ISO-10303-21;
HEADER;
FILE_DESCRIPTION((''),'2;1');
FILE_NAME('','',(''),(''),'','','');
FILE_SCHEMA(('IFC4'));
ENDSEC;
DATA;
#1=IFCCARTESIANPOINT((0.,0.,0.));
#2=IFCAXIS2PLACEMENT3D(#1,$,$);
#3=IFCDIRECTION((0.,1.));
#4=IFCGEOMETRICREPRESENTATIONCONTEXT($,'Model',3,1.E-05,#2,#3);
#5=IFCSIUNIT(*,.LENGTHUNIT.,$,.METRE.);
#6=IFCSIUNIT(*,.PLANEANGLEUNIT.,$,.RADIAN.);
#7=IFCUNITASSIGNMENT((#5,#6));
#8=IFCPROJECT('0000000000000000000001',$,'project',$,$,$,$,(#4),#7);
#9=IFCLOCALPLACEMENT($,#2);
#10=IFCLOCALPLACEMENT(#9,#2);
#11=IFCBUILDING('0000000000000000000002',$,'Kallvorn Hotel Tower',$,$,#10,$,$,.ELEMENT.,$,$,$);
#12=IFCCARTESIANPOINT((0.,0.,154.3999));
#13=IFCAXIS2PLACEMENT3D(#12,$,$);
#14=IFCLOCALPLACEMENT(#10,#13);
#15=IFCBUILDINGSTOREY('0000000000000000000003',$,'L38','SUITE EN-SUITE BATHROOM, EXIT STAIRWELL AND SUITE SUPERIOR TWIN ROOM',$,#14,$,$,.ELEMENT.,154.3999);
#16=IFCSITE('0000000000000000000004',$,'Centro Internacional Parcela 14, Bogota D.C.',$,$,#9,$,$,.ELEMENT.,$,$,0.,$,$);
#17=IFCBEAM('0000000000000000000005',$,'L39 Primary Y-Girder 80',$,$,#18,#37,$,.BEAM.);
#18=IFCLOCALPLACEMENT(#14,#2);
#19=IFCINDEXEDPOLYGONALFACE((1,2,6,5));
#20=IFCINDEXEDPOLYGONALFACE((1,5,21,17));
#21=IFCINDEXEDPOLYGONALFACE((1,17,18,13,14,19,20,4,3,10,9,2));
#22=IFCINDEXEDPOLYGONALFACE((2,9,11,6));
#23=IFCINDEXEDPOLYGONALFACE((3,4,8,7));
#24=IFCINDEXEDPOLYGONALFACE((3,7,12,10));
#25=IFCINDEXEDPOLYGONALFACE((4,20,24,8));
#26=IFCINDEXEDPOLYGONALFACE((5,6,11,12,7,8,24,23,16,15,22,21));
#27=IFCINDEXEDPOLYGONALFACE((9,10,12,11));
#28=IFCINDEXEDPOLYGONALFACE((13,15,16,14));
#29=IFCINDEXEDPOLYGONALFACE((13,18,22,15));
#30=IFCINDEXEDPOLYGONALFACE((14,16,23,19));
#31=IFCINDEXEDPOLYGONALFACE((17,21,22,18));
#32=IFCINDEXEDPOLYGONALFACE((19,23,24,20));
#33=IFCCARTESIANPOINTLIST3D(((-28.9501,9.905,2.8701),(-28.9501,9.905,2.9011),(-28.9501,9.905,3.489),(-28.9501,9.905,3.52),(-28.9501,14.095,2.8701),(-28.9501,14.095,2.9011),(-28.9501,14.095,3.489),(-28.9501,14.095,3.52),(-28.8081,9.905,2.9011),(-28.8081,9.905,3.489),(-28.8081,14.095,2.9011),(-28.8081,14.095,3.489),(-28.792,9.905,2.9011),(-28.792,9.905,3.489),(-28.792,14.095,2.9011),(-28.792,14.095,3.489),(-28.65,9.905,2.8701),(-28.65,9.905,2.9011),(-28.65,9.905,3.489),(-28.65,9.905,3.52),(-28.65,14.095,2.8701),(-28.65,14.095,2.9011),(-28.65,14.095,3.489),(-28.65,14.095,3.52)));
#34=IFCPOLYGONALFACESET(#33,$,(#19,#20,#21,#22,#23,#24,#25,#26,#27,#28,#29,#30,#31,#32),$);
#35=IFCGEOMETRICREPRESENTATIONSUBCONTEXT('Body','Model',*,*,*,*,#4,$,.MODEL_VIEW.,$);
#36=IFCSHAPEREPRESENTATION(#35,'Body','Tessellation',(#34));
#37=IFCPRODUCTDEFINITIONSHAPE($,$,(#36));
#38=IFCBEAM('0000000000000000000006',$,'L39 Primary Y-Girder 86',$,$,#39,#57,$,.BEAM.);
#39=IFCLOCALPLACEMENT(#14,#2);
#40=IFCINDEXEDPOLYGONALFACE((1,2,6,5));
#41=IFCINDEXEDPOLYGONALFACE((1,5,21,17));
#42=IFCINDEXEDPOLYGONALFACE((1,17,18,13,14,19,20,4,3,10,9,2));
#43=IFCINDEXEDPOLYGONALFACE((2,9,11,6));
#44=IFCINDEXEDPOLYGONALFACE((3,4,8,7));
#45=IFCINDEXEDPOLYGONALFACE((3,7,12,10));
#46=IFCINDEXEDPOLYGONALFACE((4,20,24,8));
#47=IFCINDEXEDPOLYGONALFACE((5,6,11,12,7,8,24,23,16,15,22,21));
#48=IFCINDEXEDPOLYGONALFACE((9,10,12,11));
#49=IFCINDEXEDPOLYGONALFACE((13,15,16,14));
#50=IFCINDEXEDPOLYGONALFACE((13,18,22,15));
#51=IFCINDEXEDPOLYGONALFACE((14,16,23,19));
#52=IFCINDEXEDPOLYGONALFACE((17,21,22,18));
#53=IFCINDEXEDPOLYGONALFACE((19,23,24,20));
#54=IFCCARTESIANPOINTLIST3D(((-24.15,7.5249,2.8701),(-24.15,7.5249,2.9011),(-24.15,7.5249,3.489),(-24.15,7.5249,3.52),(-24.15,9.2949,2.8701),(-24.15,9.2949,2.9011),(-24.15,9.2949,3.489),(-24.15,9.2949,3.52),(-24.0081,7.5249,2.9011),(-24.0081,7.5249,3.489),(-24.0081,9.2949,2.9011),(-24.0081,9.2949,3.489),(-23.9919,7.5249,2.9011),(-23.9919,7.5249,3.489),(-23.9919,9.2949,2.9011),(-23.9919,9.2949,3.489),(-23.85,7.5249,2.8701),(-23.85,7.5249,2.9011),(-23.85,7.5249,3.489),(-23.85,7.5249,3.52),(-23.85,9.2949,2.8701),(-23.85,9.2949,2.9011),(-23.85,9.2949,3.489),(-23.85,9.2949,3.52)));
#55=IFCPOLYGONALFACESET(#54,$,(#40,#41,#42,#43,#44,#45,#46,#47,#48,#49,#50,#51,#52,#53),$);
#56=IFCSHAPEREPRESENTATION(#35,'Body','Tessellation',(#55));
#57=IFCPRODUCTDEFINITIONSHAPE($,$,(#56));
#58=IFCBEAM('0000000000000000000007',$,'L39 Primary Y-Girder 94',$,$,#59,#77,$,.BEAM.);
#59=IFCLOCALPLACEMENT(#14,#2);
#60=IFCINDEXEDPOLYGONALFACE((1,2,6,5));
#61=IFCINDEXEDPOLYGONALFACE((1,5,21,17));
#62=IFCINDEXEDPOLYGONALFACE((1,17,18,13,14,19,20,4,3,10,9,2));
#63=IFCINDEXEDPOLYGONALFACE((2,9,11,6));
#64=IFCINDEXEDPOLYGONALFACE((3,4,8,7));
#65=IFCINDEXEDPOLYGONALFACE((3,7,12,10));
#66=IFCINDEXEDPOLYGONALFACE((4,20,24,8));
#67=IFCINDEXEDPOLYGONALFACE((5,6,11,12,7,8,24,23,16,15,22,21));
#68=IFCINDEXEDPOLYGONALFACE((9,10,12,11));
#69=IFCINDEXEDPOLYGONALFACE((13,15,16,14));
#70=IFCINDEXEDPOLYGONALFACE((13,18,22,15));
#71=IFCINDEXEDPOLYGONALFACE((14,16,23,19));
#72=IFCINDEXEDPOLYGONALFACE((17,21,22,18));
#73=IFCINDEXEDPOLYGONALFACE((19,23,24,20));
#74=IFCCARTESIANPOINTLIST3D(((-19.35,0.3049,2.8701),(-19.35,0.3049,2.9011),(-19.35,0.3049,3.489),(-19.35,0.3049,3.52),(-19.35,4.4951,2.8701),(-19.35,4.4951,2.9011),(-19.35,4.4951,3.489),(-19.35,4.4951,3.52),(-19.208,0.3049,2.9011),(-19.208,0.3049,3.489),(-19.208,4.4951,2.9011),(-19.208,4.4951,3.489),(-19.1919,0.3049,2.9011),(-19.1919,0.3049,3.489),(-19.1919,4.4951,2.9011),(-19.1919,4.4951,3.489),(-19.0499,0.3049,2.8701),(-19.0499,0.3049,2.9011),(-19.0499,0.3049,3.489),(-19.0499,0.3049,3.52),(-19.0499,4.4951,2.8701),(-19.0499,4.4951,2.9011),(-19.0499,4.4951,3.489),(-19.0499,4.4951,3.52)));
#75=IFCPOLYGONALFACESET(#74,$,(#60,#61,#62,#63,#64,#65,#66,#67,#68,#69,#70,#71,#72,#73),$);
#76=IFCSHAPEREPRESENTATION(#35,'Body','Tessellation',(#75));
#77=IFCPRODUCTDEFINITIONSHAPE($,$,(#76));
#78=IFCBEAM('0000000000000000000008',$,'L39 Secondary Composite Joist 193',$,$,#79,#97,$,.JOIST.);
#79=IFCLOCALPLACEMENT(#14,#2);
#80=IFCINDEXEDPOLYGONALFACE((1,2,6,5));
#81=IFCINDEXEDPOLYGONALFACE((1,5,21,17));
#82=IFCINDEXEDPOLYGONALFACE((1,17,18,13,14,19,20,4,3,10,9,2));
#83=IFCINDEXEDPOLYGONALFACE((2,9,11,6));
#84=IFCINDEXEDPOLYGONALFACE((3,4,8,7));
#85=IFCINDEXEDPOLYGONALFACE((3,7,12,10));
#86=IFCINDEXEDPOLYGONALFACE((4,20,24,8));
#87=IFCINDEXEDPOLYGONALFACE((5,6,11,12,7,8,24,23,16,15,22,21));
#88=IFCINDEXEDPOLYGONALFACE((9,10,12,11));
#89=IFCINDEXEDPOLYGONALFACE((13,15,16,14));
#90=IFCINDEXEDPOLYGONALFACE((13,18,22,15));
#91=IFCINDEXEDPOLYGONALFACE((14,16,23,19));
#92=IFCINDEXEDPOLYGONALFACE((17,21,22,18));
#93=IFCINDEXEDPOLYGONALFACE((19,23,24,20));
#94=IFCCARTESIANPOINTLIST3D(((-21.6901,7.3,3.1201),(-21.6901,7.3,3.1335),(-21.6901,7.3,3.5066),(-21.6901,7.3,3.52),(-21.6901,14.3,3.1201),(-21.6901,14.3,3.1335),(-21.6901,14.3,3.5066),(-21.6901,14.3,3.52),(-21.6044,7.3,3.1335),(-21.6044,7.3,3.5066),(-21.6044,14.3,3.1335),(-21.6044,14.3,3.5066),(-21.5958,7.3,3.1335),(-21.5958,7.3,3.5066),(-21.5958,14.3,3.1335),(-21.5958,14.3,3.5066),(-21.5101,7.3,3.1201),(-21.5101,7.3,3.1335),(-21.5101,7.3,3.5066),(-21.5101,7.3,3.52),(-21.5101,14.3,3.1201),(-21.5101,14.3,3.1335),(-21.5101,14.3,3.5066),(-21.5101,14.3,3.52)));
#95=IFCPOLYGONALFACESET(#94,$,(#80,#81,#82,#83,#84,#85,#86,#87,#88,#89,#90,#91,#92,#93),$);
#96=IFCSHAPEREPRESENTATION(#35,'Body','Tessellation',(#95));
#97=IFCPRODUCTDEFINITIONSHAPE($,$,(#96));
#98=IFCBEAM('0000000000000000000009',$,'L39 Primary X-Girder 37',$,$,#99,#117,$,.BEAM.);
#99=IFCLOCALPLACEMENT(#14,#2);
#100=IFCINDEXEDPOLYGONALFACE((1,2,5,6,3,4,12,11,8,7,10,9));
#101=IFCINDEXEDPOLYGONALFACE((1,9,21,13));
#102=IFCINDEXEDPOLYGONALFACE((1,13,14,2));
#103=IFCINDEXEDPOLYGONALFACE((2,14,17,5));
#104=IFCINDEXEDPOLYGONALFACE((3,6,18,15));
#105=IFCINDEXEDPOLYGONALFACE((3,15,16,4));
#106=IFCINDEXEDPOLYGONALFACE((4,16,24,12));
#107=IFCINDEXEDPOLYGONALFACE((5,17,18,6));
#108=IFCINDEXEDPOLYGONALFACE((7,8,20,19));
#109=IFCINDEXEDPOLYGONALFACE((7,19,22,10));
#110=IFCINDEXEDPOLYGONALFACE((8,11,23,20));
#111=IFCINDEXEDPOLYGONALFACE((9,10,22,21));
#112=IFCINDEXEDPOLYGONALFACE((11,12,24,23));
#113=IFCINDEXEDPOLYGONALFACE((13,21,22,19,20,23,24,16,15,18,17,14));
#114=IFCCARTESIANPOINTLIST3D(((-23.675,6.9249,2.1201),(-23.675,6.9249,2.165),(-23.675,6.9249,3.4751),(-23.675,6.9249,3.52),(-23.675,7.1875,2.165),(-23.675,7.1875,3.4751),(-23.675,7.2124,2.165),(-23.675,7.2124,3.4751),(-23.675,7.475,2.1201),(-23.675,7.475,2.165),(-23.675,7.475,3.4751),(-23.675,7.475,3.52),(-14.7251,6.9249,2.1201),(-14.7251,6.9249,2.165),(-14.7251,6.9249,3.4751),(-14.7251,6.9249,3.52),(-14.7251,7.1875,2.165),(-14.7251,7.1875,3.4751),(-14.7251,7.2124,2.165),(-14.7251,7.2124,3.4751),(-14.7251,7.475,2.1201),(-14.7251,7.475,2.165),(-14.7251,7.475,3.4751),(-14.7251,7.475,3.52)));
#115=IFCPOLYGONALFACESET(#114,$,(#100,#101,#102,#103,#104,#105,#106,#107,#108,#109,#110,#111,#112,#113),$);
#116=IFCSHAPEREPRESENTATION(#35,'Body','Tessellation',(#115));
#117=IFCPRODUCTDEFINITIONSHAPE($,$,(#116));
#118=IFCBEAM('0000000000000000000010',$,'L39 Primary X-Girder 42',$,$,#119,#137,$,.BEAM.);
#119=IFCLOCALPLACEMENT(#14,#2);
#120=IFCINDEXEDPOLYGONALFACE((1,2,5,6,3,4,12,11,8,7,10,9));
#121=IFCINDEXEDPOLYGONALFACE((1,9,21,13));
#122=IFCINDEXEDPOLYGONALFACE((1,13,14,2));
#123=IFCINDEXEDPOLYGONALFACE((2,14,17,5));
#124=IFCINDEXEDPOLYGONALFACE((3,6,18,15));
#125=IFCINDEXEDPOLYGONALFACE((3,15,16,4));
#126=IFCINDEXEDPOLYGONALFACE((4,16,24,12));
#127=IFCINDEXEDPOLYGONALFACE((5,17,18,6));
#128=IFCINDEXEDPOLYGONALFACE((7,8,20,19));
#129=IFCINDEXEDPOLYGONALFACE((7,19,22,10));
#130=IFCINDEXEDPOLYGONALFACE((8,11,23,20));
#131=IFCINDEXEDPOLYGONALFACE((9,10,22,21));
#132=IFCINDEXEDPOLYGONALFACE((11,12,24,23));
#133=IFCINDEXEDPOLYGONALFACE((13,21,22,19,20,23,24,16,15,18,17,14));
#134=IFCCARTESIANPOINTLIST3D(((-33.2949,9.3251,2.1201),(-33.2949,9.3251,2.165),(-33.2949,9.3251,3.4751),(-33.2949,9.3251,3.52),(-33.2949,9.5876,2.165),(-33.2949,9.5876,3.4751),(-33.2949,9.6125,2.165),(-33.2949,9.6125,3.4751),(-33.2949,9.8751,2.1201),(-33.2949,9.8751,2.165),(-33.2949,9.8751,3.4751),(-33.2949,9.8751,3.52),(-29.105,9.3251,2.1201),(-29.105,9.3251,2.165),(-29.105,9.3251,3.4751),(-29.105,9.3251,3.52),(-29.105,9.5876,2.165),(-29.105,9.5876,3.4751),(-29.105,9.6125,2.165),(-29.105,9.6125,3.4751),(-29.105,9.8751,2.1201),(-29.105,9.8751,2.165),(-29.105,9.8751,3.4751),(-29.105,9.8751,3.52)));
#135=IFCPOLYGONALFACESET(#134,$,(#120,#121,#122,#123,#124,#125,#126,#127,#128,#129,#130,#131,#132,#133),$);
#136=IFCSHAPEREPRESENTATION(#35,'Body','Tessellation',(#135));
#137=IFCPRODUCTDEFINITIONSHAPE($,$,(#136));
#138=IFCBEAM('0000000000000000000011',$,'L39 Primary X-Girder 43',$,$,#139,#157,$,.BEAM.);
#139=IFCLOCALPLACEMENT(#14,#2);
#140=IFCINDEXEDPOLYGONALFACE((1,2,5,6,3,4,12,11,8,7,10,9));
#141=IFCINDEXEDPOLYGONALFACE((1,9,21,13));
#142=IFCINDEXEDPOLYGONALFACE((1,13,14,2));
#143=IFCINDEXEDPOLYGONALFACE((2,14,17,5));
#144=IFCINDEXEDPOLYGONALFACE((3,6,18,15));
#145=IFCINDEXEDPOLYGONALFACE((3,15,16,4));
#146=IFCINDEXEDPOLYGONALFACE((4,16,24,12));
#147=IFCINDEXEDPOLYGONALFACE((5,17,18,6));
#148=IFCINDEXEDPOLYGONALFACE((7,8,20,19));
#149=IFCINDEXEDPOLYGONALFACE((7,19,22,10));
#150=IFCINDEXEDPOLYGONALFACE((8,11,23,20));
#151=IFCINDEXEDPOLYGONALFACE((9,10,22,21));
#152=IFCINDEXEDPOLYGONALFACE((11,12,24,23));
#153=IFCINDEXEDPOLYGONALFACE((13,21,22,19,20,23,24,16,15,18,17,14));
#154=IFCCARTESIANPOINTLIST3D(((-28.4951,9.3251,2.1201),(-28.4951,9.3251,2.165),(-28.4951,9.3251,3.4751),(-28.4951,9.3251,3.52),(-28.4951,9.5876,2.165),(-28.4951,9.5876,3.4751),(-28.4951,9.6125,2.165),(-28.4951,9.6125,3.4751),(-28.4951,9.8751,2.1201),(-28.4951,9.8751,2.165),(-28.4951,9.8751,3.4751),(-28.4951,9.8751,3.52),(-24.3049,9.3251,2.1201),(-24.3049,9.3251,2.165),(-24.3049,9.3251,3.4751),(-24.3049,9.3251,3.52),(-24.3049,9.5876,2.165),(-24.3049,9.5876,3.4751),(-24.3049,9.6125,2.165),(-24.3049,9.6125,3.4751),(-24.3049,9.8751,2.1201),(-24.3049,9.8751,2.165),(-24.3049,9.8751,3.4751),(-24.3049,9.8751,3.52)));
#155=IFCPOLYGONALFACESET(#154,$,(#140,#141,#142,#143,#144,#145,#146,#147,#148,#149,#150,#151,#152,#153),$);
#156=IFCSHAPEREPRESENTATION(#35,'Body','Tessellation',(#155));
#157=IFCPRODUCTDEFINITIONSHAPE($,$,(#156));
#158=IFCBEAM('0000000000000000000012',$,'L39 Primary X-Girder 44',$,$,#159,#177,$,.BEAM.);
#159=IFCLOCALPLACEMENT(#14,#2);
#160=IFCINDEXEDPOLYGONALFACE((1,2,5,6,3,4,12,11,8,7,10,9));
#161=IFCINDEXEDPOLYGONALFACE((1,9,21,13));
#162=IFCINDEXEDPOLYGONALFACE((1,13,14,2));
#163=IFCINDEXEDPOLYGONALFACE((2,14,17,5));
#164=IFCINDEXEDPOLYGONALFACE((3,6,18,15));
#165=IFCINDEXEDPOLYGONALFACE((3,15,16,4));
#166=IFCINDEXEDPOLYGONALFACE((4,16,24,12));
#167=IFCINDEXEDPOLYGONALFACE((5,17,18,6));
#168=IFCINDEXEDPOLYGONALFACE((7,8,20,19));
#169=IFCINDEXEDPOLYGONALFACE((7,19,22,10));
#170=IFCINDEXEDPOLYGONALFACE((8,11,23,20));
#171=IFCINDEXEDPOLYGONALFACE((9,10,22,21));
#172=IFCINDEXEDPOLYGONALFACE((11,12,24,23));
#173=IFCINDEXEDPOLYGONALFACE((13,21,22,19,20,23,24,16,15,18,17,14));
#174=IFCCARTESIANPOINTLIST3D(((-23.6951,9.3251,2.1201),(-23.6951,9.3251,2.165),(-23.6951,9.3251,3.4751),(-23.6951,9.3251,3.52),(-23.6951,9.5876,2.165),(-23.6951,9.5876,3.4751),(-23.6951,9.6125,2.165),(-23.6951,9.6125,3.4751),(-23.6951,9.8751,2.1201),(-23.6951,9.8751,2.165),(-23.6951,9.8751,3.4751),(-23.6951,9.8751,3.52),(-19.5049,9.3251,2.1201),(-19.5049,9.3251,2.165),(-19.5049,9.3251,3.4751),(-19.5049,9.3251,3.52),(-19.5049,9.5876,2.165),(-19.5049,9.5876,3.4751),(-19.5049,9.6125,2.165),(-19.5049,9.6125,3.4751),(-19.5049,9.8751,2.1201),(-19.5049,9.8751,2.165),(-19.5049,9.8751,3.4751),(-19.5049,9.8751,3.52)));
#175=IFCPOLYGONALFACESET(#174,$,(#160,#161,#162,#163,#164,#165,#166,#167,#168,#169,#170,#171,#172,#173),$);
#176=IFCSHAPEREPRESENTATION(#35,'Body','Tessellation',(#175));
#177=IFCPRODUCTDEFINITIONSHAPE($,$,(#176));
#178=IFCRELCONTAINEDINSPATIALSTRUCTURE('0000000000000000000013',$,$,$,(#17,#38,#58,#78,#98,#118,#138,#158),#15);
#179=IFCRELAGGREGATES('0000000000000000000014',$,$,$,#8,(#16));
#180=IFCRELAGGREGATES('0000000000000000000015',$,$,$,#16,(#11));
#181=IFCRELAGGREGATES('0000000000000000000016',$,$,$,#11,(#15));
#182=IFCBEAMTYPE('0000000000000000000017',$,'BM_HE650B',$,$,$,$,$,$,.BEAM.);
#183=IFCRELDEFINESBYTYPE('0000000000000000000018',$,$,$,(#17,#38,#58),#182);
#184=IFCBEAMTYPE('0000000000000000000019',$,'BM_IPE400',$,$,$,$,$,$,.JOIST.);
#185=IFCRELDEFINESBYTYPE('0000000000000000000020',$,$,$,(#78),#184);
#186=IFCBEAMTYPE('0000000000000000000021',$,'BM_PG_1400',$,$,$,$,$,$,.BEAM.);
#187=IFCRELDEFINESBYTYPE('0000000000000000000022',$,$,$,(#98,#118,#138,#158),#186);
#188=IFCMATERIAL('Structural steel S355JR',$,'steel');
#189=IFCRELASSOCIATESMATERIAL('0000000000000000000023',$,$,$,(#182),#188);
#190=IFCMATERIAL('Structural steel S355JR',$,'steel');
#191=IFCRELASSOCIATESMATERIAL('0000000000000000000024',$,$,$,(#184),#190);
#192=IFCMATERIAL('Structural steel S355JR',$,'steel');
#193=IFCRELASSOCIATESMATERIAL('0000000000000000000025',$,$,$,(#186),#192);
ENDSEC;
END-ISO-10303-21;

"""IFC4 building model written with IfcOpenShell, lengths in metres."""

from ifc_helpers import new_model, si_unit, direction, frame, origin, origin_2d, place, context, subcontext, project, spatial, i_section, extrude, material, material_profile, profile_set, type_object, element, save


model = new_model("IFC4")

# Units and contexts
model_context = context("Model", 3, precision=1e-05, world=origin(), true_north=direction((0.0, 1.0)))
body_context = subcontext(model_context, "Body", "Model", "MODEL_VIEW")
ifc_project = project(units=[si_unit("LENGTHUNIT", "METRE"), si_unit("PLANEANGLEUNIT", "RADIAN")], contexts=[model_context])

# Site, building, storey
site_placement = place(None, origin())
site = spatial("IfcSite", under=ifc_project, at=site_placement, Name="Centro Internacional Parcela 14, Bogota D.C.", CompositionType="ELEMENT", RefElevation=0.0)
building_placement = place(site_placement, origin())
building = spatial("IfcBuilding", under=site, at=building_placement, Name="Kallvorn Hotel Tower", CompositionType="ELEMENT")
storey_placement = place(building_placement, frame((0.0, 0.0, 154.3999)))
storey = spatial("IfcBuildingStorey", under=building, at=storey_placement, Name="L38", Description="SUITE EN-SUITE BATHROOM, EXIT STAIRWELL AND SUITE SUPERIOR TWIN ROOM", CompositionType="ELEMENT", Elevation=154.3999)

# Beams
ifc_material_1 = material(Name="Structural steel S355JR", Category="steel")
ifc_material_profile_1 = material_profile(ifc_material_1, i_section(OverallWidth=0.3, OverallDepth=0.6499, WebThickness=0.0161, FlangeThickness=0.031, at=origin_2d()), Name="HE 650 B")
ifc_profile_set_1 = profile_set([ifc_material_profile_1], Name="Structural steel S355JR")
beam_type_1 = type_object("IfcBeamType", Name="BM_HE650B", PredefinedType="BEAM", material=ifc_profile_set_1)
for number, where, z_axis, x_axis, name in (
    (1, (-28.8, 9.905, 3.1951), (0.0, 1.0, 0.0), (-1.0, 0.0, 0.0), "L39 Primary Y-Girder 80"),
):
    element("IfcBeam", number, at=place(storey_placement, frame(where, z_axis=z_axis, x_axis=x_axis)), inside=storey, type_object=beam_type_1, Name=name, PredefinedType="BEAM", context=body_context, shape_type="SweptSolid", body=[
        extrude(i_section(OverallWidth=0.3, OverallDepth=0.6499, WebThickness=0.0161, FlangeThickness=0.031, at=origin_2d()), origin(), (0.0, 0.0, 1.0), 4.1899),
    ])
beam_1_placement = place(storey_placement, frame((-24.0, 7.5249, 3.1951), z_axis=(0.0, 1.0, 0.0), x_axis=(-1.0, 0.0, 0.0)))
element("IfcBeam", 2, at=beam_1_placement, inside=storey, type_object=beam_type_1, Name="L39 Primary Y-Girder 86", PredefinedType="BEAM", context=body_context, shape_type="SweptSolid", body=[
    extrude(i_section(OverallWidth=0.3, OverallDepth=0.6499, WebThickness=0.0161, FlangeThickness=0.031, at=origin_2d()), origin(), (0.0, 0.0, 1.0), 1.77),
])
beam_2_placement = place(storey_placement, frame((-19.2, 0.3049, 3.1951), z_axis=(0.0, 1.0, 0.0), x_axis=(-1.0, 0.0, 0.0)))
element("IfcBeam", 3, at=beam_2_placement, inside=storey, type_object=beam_type_1, Name="L39 Primary Y-Girder 94", PredefinedType="BEAM", context=body_context, shape_type="SweptSolid", body=[
    extrude(i_section(OverallWidth=0.3, OverallDepth=0.6499, WebThickness=0.0161, FlangeThickness=0.031, at=origin_2d()), origin(), (0.0, 0.0, 1.0), 4.1902),
])
ifc_material_2 = material(Name="Structural steel S355JR", Category="steel")
ifc_material_profile_2 = material_profile(ifc_material_2, i_section(OverallWidth=0.1799, OverallDepth=0.3999, WebThickness=0.0085, FlangeThickness=0.0134, at=origin_2d()), Name="IPE 400")
ifc_profile_set_2 = profile_set([ifc_material_profile_2], Name="Structural steel S355JR")
beam_type_2 = type_object("IfcBeamType", Name="BM_IPE400", PredefinedType="JOIST", material=ifc_profile_set_2)
beam_3_placement = place(storey_placement, frame((-21.6001, 7.3, 3.3201), z_axis=(0.0, 1.0, 0.0), x_axis=(-1.0, 0.0, 0.0)))
element("IfcBeam", 4, at=beam_3_placement, inside=storey, type_object=beam_type_2, Name="L39 Secondary Composite Joist 193", PredefinedType="JOIST", context=body_context, shape_type="SweptSolid", body=[
    extrude(i_section(OverallWidth=0.1799, OverallDepth=0.3999, WebThickness=0.0085, FlangeThickness=0.0134, at=origin_2d()), origin(), (0.0, 0.0, 1.0), 7.0),
])
ifc_material_3 = material(Name="Structural steel S355JR", Category="steel")
ifc_material_profile_3 = material_profile(ifc_material_3, i_section(OverallWidth=0.55, OverallDepth=1.3999, WebThickness=0.0249, FlangeThickness=0.0449, at=origin_2d()), Name="PG 1400x550x25x45")
ifc_profile_set_3 = profile_set([ifc_material_profile_3], Name="Structural steel S355JR")
beam_type_3 = type_object("IfcBeamType", Name="BM_PG_1400", PredefinedType="BEAM", material=ifc_profile_set_3)
beam_4_placement = place(storey_placement, frame((-23.675, 7.2, 2.8201), z_axis=(1.0, 0.0, 0.0), x_axis=(0.0, 1.0, 0.0)))
element("IfcBeam", 5, at=beam_4_placement, inside=storey, type_object=beam_type_3, Name="L39 Primary X-Girder 37", PredefinedType="BEAM", context=body_context, shape_type="SweptSolid", body=[
    extrude(i_section(OverallWidth=0.55, OverallDepth=1.3999, WebThickness=0.0249, FlangeThickness=0.0449, at=origin_2d()), origin(), (0.0, 0.0, 1.0), 8.95),
])
beam_5_placement = place(storey_placement, frame((-33.2949, 9.6001, 2.8201), z_axis=(1.0, 0.0, 0.0), x_axis=(0.0, 1.0, 0.0)))
element("IfcBeam", 6, at=beam_5_placement, inside=storey, type_object=beam_type_3, Name="L39 Primary X-Girder 42", PredefinedType="BEAM", context=body_context, shape_type="SweptSolid", body=[
    extrude(i_section(OverallWidth=0.55, OverallDepth=1.3999, WebThickness=0.0249, FlangeThickness=0.0449, at=origin_2d()), origin(), (0.0, 0.0, 1.0), 4.1899),
])
for number, where, z_axis, x_axis, name in (
    (7, (-28.4951, 9.6001, 2.8201), (1.0, 0.0, 0.0), (0.0, 1.0, 0.0), "L39 Primary X-Girder 43"),
    (8, (-23.6951, 9.6001, 2.8201), (1.0, 0.0, 0.0), (0.0, 1.0, 0.0), "L39 Primary X-Girder 44"),
):
    element("IfcBeam", number, at=place(storey_placement, frame(where, z_axis=z_axis, x_axis=x_axis)), inside=storey, type_object=beam_type_3, Name=name, PredefinedType="BEAM", context=body_context, shape_type="SweptSolid", body=[
        extrude(i_section(OverallWidth=0.55, OverallDepth=1.3999, WebThickness=0.0249, FlangeThickness=0.0449, at=origin_2d()), origin(), (0.0, 0.0, 1.0), 4.1902),
    ])

save(model, "model.ifc")
